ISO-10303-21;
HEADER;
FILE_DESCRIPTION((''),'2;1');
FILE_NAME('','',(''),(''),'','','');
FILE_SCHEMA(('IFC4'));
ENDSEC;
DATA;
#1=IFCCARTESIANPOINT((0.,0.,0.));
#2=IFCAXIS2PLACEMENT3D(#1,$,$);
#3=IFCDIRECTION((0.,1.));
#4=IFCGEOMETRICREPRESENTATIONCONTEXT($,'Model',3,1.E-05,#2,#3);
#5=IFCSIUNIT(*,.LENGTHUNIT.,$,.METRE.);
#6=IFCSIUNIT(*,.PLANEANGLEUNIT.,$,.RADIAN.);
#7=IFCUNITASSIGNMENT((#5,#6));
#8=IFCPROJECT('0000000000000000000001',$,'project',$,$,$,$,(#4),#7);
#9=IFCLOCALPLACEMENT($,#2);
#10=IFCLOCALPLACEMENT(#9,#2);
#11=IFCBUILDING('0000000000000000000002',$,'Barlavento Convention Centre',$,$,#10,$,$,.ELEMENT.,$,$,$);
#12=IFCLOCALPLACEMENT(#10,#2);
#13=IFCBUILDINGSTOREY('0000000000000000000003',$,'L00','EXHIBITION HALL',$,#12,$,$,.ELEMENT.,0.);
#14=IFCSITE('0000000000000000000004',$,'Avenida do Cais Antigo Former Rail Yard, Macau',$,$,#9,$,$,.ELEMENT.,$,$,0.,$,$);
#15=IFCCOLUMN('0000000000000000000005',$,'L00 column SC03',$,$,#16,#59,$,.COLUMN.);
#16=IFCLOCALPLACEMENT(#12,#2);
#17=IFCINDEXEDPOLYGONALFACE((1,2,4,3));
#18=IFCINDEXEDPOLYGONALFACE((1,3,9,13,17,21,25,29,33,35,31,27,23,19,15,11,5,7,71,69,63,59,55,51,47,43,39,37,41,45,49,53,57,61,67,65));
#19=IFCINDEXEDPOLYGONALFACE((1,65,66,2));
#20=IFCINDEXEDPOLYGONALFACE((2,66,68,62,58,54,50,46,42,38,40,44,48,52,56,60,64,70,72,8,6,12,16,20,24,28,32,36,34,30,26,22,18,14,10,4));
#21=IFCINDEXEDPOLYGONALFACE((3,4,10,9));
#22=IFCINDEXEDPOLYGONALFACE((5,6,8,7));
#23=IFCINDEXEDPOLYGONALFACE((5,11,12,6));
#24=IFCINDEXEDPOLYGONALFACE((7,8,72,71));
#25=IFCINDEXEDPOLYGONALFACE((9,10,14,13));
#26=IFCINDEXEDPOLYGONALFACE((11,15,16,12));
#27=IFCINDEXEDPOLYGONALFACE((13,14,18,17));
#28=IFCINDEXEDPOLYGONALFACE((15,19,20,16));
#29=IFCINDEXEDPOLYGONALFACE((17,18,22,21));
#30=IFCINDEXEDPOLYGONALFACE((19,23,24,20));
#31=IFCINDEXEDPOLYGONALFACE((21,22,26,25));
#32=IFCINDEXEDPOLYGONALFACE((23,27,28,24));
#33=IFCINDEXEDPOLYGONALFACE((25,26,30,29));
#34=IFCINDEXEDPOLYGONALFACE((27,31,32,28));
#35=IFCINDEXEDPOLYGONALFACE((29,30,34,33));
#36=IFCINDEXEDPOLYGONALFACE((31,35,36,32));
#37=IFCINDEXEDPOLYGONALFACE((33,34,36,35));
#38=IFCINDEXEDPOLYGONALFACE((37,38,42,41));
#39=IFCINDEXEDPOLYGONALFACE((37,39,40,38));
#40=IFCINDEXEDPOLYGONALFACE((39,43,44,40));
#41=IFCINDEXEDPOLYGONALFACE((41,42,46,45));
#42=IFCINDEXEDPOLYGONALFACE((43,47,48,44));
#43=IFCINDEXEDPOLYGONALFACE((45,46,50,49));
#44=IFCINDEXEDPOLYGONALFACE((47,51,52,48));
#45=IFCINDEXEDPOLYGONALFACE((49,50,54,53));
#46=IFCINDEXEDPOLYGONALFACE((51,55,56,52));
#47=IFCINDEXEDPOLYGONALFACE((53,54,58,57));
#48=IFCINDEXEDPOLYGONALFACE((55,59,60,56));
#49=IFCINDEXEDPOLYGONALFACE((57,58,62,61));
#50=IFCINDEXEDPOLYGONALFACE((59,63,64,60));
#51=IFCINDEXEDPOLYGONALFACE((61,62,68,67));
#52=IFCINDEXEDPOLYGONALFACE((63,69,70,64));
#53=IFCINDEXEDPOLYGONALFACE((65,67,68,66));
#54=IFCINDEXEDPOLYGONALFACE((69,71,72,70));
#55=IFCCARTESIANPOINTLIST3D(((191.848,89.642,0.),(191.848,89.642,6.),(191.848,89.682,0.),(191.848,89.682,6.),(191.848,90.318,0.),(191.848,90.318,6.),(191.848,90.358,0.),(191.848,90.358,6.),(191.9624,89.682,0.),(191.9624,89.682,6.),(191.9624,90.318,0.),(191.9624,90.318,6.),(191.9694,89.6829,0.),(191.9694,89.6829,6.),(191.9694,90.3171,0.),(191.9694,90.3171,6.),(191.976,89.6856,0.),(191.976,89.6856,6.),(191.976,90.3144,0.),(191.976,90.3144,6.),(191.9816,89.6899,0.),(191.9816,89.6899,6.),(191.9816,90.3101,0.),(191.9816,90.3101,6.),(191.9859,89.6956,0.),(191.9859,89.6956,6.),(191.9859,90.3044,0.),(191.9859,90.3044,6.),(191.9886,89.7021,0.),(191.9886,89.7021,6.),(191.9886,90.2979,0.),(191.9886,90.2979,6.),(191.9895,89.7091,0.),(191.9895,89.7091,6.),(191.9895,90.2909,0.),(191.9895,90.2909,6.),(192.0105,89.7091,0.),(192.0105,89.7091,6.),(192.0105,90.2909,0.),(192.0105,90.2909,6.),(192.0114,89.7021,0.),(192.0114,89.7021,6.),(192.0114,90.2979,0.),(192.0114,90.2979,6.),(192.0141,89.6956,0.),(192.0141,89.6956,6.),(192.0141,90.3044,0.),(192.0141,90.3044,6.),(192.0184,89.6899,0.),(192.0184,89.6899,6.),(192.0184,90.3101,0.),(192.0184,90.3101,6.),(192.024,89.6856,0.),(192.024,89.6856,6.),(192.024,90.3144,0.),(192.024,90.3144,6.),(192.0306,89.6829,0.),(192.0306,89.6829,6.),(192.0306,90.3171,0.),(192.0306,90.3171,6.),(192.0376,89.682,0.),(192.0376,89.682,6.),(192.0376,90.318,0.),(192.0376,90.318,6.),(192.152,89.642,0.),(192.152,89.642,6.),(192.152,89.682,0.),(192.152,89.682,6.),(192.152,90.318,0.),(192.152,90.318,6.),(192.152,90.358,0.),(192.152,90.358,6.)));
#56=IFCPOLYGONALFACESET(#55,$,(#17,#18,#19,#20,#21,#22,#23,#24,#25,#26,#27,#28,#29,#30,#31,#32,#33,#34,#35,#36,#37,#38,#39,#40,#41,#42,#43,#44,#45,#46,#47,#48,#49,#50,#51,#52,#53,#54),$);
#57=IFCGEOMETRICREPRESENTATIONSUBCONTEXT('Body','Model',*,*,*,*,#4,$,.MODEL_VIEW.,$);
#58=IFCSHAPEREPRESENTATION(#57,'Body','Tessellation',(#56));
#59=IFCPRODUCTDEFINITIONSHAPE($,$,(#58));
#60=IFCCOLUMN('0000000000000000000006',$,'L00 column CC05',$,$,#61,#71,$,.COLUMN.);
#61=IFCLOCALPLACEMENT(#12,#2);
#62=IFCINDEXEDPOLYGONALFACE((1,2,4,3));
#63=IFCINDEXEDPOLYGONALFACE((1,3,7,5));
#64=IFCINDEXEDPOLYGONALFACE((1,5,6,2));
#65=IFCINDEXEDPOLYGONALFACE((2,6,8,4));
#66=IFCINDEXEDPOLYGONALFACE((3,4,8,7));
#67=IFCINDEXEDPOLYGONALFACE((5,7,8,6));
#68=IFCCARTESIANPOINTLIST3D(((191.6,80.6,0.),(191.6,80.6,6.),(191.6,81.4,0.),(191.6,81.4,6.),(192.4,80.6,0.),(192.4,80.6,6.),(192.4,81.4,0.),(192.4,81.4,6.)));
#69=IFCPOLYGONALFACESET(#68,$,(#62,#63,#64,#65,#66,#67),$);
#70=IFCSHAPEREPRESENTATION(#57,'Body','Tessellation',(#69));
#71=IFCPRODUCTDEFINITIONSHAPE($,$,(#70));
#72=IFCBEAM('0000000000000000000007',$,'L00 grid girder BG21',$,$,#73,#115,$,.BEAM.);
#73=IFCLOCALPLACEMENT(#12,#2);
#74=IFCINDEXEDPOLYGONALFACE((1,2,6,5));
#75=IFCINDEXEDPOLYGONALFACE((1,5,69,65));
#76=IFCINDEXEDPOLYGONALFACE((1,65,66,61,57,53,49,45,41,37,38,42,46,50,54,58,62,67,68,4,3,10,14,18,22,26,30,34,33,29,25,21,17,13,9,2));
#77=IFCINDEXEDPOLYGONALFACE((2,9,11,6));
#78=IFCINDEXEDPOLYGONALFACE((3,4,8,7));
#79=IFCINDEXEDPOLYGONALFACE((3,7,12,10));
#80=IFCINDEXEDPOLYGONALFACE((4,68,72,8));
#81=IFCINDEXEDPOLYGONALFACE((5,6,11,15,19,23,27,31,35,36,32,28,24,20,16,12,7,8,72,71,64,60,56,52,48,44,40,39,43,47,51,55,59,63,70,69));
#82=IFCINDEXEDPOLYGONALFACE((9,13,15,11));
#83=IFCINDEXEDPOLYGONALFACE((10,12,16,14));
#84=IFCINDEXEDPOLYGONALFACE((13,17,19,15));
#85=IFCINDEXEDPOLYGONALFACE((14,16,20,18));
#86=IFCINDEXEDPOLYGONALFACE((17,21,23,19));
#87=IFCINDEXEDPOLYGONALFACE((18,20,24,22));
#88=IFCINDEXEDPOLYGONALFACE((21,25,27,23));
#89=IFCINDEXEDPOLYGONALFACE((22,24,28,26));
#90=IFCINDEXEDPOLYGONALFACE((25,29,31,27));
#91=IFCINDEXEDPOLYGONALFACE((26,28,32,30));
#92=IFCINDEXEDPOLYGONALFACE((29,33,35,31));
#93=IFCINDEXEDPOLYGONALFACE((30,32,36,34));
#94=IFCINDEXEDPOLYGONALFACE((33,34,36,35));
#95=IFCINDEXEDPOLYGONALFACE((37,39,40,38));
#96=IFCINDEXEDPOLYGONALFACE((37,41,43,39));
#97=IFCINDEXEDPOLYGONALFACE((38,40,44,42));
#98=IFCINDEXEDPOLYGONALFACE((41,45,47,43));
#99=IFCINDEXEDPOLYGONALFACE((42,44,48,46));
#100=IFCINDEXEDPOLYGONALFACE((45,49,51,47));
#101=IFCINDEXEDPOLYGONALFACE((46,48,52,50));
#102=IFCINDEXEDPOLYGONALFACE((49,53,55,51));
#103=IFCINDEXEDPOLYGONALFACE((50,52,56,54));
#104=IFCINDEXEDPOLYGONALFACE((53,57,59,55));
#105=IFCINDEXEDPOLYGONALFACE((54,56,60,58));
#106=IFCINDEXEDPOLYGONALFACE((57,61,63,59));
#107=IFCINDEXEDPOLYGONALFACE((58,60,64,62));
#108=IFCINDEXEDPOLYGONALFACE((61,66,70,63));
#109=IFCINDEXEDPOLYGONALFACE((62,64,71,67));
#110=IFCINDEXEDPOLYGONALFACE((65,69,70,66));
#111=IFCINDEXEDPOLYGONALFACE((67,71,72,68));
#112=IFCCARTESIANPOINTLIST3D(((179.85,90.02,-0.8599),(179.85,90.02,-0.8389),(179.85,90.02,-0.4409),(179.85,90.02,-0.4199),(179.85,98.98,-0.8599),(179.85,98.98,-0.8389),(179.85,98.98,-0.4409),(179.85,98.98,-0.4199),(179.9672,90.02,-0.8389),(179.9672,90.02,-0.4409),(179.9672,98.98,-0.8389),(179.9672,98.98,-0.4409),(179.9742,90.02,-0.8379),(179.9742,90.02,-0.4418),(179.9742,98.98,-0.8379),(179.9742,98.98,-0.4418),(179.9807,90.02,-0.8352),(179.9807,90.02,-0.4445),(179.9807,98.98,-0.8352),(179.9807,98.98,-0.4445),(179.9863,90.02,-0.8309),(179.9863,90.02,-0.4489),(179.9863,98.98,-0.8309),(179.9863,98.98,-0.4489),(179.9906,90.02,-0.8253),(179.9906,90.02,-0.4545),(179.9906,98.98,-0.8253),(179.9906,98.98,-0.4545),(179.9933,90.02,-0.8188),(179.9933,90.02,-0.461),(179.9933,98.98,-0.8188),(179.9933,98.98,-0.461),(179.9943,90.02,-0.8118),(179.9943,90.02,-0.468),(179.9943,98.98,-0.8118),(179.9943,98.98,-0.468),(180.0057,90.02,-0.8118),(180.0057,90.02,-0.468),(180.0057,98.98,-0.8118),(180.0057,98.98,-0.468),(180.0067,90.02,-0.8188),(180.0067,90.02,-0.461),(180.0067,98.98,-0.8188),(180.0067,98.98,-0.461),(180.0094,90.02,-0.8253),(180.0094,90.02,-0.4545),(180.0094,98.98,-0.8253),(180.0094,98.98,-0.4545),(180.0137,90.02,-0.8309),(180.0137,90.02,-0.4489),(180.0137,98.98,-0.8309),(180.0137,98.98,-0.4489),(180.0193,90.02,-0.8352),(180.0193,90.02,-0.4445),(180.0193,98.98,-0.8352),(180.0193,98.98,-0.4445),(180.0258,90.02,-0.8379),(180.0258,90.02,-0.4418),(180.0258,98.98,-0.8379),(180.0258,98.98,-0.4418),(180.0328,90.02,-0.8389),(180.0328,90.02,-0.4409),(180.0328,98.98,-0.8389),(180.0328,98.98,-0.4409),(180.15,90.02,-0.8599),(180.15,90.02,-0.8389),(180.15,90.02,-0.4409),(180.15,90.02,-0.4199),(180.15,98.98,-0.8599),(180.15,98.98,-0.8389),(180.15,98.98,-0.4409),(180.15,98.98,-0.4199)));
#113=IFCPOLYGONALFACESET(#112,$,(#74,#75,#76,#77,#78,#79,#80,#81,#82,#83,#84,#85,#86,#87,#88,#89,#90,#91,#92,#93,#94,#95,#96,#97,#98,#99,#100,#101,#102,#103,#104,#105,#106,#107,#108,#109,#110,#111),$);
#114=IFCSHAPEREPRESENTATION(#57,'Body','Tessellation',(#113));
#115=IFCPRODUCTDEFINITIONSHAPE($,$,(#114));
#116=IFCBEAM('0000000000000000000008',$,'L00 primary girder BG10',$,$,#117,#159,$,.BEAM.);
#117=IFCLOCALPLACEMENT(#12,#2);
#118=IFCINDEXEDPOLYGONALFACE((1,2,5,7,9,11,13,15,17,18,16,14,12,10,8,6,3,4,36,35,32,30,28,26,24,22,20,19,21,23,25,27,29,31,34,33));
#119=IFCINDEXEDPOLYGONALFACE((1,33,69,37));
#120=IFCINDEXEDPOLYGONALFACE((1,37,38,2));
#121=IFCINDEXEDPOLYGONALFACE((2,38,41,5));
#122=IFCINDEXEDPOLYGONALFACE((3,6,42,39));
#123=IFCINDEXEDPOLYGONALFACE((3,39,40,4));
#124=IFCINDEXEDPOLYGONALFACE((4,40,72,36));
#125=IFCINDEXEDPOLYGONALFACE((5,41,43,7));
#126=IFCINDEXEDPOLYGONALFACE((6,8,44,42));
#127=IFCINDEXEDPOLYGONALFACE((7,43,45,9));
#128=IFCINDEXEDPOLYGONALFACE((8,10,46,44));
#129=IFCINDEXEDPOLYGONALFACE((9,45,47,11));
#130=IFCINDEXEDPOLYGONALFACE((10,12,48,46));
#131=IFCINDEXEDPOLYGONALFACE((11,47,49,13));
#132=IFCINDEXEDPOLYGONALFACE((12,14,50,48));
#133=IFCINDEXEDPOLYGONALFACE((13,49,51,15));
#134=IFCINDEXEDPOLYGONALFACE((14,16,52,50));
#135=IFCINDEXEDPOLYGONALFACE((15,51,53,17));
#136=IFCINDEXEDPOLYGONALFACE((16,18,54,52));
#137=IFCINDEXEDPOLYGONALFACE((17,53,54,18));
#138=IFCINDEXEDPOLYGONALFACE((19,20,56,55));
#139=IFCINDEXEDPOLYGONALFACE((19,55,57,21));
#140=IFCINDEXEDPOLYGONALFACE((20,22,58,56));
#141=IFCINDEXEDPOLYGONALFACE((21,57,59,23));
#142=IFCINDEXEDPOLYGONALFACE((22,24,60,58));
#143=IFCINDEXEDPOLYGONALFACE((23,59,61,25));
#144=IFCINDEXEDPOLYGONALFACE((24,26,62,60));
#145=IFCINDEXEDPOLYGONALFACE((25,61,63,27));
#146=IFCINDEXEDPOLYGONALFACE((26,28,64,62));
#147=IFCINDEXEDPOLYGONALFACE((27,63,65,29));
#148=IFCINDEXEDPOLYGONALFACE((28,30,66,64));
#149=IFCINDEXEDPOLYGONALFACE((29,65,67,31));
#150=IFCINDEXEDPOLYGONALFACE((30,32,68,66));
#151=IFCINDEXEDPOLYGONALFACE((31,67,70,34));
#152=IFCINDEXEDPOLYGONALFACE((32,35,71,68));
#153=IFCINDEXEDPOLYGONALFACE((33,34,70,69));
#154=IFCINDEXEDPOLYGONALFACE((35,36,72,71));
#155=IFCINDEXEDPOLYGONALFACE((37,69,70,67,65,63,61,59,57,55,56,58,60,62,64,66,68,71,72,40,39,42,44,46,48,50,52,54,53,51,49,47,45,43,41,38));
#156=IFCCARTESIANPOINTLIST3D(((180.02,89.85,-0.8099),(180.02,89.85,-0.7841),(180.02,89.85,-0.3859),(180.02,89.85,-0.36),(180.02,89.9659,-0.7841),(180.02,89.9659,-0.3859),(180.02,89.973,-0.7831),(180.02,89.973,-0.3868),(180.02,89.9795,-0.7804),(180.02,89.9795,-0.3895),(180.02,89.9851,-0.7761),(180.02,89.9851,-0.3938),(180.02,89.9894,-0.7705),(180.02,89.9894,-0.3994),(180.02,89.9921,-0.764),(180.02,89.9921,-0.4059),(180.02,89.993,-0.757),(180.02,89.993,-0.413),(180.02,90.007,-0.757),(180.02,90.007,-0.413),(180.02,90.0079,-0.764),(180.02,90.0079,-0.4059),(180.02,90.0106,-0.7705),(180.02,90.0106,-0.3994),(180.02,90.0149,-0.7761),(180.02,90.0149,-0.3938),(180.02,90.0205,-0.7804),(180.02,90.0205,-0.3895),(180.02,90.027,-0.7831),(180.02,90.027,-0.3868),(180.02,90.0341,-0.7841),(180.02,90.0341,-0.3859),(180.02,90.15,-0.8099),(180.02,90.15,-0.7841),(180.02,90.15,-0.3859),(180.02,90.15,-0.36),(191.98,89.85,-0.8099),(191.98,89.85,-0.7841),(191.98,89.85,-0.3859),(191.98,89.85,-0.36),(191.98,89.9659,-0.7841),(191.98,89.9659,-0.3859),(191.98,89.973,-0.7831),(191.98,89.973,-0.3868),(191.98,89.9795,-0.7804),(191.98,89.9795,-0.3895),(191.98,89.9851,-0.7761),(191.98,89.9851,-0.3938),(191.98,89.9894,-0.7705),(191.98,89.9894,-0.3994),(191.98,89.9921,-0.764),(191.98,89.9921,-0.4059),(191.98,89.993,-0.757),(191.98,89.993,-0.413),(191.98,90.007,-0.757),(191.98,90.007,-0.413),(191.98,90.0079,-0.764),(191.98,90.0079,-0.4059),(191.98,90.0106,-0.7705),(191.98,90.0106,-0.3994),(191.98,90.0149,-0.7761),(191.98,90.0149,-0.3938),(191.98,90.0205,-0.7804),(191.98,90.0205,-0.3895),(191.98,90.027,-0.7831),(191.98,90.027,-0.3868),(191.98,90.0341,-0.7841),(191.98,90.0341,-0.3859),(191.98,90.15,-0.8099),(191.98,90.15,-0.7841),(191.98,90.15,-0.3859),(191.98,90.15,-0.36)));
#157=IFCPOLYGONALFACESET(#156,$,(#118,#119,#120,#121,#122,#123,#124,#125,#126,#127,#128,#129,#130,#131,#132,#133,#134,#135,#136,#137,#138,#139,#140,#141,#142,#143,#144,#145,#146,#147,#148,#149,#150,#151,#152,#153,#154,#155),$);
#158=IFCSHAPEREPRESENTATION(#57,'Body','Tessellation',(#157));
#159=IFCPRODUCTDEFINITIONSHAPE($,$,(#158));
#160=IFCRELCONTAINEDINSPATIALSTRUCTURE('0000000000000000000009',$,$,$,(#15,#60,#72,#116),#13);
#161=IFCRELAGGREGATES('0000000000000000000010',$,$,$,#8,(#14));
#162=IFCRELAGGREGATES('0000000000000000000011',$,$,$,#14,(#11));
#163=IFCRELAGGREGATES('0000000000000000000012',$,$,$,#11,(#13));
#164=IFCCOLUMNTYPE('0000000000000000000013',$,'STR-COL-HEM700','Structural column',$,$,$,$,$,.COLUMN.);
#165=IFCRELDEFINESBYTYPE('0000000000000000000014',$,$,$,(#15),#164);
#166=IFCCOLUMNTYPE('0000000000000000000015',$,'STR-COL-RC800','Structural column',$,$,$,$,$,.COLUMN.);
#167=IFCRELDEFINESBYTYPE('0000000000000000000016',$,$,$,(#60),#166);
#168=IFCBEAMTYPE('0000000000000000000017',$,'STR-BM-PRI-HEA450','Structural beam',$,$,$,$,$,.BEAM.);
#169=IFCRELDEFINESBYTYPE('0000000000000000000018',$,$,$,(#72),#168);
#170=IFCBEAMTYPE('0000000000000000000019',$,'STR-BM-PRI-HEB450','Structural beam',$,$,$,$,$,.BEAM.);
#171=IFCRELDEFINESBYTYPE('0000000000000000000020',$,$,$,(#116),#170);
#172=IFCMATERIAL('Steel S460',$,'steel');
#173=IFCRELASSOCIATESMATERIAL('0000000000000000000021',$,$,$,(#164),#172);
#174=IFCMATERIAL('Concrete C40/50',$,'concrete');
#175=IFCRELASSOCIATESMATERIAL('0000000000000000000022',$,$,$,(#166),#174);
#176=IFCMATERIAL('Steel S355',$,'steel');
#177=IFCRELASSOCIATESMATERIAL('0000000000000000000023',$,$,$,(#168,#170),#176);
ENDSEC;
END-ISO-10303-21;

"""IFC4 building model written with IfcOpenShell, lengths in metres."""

from ifc_helpers import new_model, si_unit, direction, frame, origin, origin_2d, place, context, subcontext, project, spatial, rectangle, i_section, extrude, material, material_profile, profile_set, type_object, element, save


model = new_model("IFC4")

# Units and contexts
model_context = context("Model", 3, precision=1e-05, world=origin(), true_north=direction((0.0, 1.0)))
body_context = subcontext(model_context, "Body", "Model", "MODEL_VIEW")
ifc_project = project(units=[si_unit("LENGTHUNIT", "METRE"), si_unit("PLANEANGLEUNIT", "RADIAN")], contexts=[model_context])

# Site, building, storey
site_placement = place(None, origin())
site = spatial("IfcSite", under=ifc_project, at=site_placement, Name="Avenida do Cais Antigo Former Rail Yard, Macau", CompositionType="ELEMENT", RefElevation=0.0)
building_placement = place(site_placement, origin())
building = spatial("IfcBuilding", under=site, at=building_placement, Name="Barlavento Convention Centre", CompositionType="ELEMENT")
storey_placement = place(building_placement, origin())
storey = spatial("IfcBuildingStorey", under=building, at=storey_placement, Name="L00", Description="EXHIBITION HALL", CompositionType="ELEMENT", Elevation=0.0)

# Columns
ifc_material_1 = material(Name="Steel S460", Category="steel")
ifc_material_profile_1 = material_profile(ifc_material_1, i_section(OverallWidth=0.304, OverallDepth=0.7161, WebThickness=0.021, FlangeThickness=0.04, FilletRadius=0.0271, at=origin_2d()), Name="HEM 700")
ifc_profile_set_1 = profile_set([ifc_material_profile_1], Name="Steel S460")
column_type_1 = type_object("IfcColumnType", Name="STR-COL-HEM700", Description="Structural column", PredefinedType="COLUMN", material=ifc_profile_set_1)
column_1_placement = place(storey_placement, frame((192.0, 90.0, 0.0), z_axis=(0.0, 0.0, 1.0), x_axis=(1.0, 0.0, 0.0)))
element("IfcColumn", 1, at=column_1_placement, inside=storey, type_object=column_type_1, Name="L00 column SC03", PredefinedType="COLUMN", context=body_context, shape_type="SweptSolid", body=[
    extrude(i_section(OverallWidth=0.304, OverallDepth=0.7161, WebThickness=0.021, FlangeThickness=0.04, FilletRadius=0.0271, at=origin_2d()), origin(), (0.0, 0.0, 1.0), 6.0),
])
ifc_material_2 = material(Name="Concrete C40/50", Category="concrete")
ifc_material_profile_2 = material_profile(ifc_material_2, rectangle(XDim=0.8, YDim=0.8, at=origin_2d()), Name="RC 800x800")
ifc_profile_set_2 = profile_set([ifc_material_profile_2], Name="Concrete C40/50")
column_type_2 = type_object("IfcColumnType", Name="STR-COL-RC800", Description="Structural column", PredefinedType="COLUMN", material=ifc_profile_set_2)
column_2_placement = place(storey_placement, frame((192.0, 81.0, 0.0), z_axis=(0.0, 0.0, 1.0), x_axis=(1.0, 0.0, 0.0)))
element("IfcColumn", 2, at=column_2_placement, inside=storey, type_object=column_type_2, Name="L00 column CC05", PredefinedType="COLUMN", context=body_context, shape_type="SweptSolid", body=[
    extrude(rectangle(XDim=0.8, YDim=0.8, at=origin_2d()), origin(), (0.0, 0.0, 1.0), 6.0),
])

# Beams
ifc_material_3 = material(Name="Steel S355", Category="steel")
ifc_material_profile_3 = material_profile(ifc_material_3, i_section(OverallWidth=0.3, OverallDepth=0.4399, WebThickness=0.0115, FlangeThickness=0.021, FilletRadius=0.0271, at=origin_2d()), Name="HEA 450")
ifc_profile_set_3 = profile_set([ifc_material_profile_3], Name="Steel S355")
beam_type_1 = type_object("IfcBeamType", Name="STR-BM-PRI-HEA450", Description="Structural beam", PredefinedType="BEAM", material=ifc_profile_set_3)
beam_1_placement = place(storey_placement, frame((180.0, 90.02, -0.6399), z_axis=(0.0, 1.0, 0.0), x_axis=(-1.0, 0.0, 0.0)))
element("IfcBeam", 3, at=beam_1_placement, inside=storey, type_object=beam_type_1, Name="L00 grid girder BG21", PredefinedType="BEAM", context=body_context, shape_type="SweptSolid", body=[
    extrude(i_section(OverallWidth=0.3, OverallDepth=0.4399, WebThickness=0.0115, FlangeThickness=0.021, FilletRadius=0.0271, at=origin_2d()), origin(), (0.0, 0.0, 1.0), 8.96),
])
ifc_material_profile_4 = material_profile(ifc_material_3, i_section(OverallWidth=0.3, OverallDepth=0.45, WebThickness=0.0139, FlangeThickness=0.0259, FilletRadius=0.0271, at=origin_2d()), Name="HEB 450")
ifc_profile_set_4 = profile_set([ifc_material_profile_4], Name="Steel S355")
beam_type_2 = type_object("IfcBeamType", Name="STR-BM-PRI-HEB450", Description="Structural beam", PredefinedType="BEAM", material=ifc_profile_set_4)
beam_2_placement = place(storey_placement, frame((180.02, 90.0, -0.585), z_axis=(1.0, 0.0, 0.0), x_axis=(0.0, 1.0, 0.0)))
element("IfcBeam", 4, at=beam_2_placement, inside=storey, type_object=beam_type_2, Name="L00 primary girder BG10", PredefinedType="BEAM", context=body_context, shape_type="SweptSolid", body=[
    extrude(i_section(OverallWidth=0.3, OverallDepth=0.45, WebThickness=0.0139, FlangeThickness=0.0259, FilletRadius=0.0271, at=origin_2d()), origin(), (0.0, 0.0, 1.0), 11.96),
])

save(model, "model.ifc")
